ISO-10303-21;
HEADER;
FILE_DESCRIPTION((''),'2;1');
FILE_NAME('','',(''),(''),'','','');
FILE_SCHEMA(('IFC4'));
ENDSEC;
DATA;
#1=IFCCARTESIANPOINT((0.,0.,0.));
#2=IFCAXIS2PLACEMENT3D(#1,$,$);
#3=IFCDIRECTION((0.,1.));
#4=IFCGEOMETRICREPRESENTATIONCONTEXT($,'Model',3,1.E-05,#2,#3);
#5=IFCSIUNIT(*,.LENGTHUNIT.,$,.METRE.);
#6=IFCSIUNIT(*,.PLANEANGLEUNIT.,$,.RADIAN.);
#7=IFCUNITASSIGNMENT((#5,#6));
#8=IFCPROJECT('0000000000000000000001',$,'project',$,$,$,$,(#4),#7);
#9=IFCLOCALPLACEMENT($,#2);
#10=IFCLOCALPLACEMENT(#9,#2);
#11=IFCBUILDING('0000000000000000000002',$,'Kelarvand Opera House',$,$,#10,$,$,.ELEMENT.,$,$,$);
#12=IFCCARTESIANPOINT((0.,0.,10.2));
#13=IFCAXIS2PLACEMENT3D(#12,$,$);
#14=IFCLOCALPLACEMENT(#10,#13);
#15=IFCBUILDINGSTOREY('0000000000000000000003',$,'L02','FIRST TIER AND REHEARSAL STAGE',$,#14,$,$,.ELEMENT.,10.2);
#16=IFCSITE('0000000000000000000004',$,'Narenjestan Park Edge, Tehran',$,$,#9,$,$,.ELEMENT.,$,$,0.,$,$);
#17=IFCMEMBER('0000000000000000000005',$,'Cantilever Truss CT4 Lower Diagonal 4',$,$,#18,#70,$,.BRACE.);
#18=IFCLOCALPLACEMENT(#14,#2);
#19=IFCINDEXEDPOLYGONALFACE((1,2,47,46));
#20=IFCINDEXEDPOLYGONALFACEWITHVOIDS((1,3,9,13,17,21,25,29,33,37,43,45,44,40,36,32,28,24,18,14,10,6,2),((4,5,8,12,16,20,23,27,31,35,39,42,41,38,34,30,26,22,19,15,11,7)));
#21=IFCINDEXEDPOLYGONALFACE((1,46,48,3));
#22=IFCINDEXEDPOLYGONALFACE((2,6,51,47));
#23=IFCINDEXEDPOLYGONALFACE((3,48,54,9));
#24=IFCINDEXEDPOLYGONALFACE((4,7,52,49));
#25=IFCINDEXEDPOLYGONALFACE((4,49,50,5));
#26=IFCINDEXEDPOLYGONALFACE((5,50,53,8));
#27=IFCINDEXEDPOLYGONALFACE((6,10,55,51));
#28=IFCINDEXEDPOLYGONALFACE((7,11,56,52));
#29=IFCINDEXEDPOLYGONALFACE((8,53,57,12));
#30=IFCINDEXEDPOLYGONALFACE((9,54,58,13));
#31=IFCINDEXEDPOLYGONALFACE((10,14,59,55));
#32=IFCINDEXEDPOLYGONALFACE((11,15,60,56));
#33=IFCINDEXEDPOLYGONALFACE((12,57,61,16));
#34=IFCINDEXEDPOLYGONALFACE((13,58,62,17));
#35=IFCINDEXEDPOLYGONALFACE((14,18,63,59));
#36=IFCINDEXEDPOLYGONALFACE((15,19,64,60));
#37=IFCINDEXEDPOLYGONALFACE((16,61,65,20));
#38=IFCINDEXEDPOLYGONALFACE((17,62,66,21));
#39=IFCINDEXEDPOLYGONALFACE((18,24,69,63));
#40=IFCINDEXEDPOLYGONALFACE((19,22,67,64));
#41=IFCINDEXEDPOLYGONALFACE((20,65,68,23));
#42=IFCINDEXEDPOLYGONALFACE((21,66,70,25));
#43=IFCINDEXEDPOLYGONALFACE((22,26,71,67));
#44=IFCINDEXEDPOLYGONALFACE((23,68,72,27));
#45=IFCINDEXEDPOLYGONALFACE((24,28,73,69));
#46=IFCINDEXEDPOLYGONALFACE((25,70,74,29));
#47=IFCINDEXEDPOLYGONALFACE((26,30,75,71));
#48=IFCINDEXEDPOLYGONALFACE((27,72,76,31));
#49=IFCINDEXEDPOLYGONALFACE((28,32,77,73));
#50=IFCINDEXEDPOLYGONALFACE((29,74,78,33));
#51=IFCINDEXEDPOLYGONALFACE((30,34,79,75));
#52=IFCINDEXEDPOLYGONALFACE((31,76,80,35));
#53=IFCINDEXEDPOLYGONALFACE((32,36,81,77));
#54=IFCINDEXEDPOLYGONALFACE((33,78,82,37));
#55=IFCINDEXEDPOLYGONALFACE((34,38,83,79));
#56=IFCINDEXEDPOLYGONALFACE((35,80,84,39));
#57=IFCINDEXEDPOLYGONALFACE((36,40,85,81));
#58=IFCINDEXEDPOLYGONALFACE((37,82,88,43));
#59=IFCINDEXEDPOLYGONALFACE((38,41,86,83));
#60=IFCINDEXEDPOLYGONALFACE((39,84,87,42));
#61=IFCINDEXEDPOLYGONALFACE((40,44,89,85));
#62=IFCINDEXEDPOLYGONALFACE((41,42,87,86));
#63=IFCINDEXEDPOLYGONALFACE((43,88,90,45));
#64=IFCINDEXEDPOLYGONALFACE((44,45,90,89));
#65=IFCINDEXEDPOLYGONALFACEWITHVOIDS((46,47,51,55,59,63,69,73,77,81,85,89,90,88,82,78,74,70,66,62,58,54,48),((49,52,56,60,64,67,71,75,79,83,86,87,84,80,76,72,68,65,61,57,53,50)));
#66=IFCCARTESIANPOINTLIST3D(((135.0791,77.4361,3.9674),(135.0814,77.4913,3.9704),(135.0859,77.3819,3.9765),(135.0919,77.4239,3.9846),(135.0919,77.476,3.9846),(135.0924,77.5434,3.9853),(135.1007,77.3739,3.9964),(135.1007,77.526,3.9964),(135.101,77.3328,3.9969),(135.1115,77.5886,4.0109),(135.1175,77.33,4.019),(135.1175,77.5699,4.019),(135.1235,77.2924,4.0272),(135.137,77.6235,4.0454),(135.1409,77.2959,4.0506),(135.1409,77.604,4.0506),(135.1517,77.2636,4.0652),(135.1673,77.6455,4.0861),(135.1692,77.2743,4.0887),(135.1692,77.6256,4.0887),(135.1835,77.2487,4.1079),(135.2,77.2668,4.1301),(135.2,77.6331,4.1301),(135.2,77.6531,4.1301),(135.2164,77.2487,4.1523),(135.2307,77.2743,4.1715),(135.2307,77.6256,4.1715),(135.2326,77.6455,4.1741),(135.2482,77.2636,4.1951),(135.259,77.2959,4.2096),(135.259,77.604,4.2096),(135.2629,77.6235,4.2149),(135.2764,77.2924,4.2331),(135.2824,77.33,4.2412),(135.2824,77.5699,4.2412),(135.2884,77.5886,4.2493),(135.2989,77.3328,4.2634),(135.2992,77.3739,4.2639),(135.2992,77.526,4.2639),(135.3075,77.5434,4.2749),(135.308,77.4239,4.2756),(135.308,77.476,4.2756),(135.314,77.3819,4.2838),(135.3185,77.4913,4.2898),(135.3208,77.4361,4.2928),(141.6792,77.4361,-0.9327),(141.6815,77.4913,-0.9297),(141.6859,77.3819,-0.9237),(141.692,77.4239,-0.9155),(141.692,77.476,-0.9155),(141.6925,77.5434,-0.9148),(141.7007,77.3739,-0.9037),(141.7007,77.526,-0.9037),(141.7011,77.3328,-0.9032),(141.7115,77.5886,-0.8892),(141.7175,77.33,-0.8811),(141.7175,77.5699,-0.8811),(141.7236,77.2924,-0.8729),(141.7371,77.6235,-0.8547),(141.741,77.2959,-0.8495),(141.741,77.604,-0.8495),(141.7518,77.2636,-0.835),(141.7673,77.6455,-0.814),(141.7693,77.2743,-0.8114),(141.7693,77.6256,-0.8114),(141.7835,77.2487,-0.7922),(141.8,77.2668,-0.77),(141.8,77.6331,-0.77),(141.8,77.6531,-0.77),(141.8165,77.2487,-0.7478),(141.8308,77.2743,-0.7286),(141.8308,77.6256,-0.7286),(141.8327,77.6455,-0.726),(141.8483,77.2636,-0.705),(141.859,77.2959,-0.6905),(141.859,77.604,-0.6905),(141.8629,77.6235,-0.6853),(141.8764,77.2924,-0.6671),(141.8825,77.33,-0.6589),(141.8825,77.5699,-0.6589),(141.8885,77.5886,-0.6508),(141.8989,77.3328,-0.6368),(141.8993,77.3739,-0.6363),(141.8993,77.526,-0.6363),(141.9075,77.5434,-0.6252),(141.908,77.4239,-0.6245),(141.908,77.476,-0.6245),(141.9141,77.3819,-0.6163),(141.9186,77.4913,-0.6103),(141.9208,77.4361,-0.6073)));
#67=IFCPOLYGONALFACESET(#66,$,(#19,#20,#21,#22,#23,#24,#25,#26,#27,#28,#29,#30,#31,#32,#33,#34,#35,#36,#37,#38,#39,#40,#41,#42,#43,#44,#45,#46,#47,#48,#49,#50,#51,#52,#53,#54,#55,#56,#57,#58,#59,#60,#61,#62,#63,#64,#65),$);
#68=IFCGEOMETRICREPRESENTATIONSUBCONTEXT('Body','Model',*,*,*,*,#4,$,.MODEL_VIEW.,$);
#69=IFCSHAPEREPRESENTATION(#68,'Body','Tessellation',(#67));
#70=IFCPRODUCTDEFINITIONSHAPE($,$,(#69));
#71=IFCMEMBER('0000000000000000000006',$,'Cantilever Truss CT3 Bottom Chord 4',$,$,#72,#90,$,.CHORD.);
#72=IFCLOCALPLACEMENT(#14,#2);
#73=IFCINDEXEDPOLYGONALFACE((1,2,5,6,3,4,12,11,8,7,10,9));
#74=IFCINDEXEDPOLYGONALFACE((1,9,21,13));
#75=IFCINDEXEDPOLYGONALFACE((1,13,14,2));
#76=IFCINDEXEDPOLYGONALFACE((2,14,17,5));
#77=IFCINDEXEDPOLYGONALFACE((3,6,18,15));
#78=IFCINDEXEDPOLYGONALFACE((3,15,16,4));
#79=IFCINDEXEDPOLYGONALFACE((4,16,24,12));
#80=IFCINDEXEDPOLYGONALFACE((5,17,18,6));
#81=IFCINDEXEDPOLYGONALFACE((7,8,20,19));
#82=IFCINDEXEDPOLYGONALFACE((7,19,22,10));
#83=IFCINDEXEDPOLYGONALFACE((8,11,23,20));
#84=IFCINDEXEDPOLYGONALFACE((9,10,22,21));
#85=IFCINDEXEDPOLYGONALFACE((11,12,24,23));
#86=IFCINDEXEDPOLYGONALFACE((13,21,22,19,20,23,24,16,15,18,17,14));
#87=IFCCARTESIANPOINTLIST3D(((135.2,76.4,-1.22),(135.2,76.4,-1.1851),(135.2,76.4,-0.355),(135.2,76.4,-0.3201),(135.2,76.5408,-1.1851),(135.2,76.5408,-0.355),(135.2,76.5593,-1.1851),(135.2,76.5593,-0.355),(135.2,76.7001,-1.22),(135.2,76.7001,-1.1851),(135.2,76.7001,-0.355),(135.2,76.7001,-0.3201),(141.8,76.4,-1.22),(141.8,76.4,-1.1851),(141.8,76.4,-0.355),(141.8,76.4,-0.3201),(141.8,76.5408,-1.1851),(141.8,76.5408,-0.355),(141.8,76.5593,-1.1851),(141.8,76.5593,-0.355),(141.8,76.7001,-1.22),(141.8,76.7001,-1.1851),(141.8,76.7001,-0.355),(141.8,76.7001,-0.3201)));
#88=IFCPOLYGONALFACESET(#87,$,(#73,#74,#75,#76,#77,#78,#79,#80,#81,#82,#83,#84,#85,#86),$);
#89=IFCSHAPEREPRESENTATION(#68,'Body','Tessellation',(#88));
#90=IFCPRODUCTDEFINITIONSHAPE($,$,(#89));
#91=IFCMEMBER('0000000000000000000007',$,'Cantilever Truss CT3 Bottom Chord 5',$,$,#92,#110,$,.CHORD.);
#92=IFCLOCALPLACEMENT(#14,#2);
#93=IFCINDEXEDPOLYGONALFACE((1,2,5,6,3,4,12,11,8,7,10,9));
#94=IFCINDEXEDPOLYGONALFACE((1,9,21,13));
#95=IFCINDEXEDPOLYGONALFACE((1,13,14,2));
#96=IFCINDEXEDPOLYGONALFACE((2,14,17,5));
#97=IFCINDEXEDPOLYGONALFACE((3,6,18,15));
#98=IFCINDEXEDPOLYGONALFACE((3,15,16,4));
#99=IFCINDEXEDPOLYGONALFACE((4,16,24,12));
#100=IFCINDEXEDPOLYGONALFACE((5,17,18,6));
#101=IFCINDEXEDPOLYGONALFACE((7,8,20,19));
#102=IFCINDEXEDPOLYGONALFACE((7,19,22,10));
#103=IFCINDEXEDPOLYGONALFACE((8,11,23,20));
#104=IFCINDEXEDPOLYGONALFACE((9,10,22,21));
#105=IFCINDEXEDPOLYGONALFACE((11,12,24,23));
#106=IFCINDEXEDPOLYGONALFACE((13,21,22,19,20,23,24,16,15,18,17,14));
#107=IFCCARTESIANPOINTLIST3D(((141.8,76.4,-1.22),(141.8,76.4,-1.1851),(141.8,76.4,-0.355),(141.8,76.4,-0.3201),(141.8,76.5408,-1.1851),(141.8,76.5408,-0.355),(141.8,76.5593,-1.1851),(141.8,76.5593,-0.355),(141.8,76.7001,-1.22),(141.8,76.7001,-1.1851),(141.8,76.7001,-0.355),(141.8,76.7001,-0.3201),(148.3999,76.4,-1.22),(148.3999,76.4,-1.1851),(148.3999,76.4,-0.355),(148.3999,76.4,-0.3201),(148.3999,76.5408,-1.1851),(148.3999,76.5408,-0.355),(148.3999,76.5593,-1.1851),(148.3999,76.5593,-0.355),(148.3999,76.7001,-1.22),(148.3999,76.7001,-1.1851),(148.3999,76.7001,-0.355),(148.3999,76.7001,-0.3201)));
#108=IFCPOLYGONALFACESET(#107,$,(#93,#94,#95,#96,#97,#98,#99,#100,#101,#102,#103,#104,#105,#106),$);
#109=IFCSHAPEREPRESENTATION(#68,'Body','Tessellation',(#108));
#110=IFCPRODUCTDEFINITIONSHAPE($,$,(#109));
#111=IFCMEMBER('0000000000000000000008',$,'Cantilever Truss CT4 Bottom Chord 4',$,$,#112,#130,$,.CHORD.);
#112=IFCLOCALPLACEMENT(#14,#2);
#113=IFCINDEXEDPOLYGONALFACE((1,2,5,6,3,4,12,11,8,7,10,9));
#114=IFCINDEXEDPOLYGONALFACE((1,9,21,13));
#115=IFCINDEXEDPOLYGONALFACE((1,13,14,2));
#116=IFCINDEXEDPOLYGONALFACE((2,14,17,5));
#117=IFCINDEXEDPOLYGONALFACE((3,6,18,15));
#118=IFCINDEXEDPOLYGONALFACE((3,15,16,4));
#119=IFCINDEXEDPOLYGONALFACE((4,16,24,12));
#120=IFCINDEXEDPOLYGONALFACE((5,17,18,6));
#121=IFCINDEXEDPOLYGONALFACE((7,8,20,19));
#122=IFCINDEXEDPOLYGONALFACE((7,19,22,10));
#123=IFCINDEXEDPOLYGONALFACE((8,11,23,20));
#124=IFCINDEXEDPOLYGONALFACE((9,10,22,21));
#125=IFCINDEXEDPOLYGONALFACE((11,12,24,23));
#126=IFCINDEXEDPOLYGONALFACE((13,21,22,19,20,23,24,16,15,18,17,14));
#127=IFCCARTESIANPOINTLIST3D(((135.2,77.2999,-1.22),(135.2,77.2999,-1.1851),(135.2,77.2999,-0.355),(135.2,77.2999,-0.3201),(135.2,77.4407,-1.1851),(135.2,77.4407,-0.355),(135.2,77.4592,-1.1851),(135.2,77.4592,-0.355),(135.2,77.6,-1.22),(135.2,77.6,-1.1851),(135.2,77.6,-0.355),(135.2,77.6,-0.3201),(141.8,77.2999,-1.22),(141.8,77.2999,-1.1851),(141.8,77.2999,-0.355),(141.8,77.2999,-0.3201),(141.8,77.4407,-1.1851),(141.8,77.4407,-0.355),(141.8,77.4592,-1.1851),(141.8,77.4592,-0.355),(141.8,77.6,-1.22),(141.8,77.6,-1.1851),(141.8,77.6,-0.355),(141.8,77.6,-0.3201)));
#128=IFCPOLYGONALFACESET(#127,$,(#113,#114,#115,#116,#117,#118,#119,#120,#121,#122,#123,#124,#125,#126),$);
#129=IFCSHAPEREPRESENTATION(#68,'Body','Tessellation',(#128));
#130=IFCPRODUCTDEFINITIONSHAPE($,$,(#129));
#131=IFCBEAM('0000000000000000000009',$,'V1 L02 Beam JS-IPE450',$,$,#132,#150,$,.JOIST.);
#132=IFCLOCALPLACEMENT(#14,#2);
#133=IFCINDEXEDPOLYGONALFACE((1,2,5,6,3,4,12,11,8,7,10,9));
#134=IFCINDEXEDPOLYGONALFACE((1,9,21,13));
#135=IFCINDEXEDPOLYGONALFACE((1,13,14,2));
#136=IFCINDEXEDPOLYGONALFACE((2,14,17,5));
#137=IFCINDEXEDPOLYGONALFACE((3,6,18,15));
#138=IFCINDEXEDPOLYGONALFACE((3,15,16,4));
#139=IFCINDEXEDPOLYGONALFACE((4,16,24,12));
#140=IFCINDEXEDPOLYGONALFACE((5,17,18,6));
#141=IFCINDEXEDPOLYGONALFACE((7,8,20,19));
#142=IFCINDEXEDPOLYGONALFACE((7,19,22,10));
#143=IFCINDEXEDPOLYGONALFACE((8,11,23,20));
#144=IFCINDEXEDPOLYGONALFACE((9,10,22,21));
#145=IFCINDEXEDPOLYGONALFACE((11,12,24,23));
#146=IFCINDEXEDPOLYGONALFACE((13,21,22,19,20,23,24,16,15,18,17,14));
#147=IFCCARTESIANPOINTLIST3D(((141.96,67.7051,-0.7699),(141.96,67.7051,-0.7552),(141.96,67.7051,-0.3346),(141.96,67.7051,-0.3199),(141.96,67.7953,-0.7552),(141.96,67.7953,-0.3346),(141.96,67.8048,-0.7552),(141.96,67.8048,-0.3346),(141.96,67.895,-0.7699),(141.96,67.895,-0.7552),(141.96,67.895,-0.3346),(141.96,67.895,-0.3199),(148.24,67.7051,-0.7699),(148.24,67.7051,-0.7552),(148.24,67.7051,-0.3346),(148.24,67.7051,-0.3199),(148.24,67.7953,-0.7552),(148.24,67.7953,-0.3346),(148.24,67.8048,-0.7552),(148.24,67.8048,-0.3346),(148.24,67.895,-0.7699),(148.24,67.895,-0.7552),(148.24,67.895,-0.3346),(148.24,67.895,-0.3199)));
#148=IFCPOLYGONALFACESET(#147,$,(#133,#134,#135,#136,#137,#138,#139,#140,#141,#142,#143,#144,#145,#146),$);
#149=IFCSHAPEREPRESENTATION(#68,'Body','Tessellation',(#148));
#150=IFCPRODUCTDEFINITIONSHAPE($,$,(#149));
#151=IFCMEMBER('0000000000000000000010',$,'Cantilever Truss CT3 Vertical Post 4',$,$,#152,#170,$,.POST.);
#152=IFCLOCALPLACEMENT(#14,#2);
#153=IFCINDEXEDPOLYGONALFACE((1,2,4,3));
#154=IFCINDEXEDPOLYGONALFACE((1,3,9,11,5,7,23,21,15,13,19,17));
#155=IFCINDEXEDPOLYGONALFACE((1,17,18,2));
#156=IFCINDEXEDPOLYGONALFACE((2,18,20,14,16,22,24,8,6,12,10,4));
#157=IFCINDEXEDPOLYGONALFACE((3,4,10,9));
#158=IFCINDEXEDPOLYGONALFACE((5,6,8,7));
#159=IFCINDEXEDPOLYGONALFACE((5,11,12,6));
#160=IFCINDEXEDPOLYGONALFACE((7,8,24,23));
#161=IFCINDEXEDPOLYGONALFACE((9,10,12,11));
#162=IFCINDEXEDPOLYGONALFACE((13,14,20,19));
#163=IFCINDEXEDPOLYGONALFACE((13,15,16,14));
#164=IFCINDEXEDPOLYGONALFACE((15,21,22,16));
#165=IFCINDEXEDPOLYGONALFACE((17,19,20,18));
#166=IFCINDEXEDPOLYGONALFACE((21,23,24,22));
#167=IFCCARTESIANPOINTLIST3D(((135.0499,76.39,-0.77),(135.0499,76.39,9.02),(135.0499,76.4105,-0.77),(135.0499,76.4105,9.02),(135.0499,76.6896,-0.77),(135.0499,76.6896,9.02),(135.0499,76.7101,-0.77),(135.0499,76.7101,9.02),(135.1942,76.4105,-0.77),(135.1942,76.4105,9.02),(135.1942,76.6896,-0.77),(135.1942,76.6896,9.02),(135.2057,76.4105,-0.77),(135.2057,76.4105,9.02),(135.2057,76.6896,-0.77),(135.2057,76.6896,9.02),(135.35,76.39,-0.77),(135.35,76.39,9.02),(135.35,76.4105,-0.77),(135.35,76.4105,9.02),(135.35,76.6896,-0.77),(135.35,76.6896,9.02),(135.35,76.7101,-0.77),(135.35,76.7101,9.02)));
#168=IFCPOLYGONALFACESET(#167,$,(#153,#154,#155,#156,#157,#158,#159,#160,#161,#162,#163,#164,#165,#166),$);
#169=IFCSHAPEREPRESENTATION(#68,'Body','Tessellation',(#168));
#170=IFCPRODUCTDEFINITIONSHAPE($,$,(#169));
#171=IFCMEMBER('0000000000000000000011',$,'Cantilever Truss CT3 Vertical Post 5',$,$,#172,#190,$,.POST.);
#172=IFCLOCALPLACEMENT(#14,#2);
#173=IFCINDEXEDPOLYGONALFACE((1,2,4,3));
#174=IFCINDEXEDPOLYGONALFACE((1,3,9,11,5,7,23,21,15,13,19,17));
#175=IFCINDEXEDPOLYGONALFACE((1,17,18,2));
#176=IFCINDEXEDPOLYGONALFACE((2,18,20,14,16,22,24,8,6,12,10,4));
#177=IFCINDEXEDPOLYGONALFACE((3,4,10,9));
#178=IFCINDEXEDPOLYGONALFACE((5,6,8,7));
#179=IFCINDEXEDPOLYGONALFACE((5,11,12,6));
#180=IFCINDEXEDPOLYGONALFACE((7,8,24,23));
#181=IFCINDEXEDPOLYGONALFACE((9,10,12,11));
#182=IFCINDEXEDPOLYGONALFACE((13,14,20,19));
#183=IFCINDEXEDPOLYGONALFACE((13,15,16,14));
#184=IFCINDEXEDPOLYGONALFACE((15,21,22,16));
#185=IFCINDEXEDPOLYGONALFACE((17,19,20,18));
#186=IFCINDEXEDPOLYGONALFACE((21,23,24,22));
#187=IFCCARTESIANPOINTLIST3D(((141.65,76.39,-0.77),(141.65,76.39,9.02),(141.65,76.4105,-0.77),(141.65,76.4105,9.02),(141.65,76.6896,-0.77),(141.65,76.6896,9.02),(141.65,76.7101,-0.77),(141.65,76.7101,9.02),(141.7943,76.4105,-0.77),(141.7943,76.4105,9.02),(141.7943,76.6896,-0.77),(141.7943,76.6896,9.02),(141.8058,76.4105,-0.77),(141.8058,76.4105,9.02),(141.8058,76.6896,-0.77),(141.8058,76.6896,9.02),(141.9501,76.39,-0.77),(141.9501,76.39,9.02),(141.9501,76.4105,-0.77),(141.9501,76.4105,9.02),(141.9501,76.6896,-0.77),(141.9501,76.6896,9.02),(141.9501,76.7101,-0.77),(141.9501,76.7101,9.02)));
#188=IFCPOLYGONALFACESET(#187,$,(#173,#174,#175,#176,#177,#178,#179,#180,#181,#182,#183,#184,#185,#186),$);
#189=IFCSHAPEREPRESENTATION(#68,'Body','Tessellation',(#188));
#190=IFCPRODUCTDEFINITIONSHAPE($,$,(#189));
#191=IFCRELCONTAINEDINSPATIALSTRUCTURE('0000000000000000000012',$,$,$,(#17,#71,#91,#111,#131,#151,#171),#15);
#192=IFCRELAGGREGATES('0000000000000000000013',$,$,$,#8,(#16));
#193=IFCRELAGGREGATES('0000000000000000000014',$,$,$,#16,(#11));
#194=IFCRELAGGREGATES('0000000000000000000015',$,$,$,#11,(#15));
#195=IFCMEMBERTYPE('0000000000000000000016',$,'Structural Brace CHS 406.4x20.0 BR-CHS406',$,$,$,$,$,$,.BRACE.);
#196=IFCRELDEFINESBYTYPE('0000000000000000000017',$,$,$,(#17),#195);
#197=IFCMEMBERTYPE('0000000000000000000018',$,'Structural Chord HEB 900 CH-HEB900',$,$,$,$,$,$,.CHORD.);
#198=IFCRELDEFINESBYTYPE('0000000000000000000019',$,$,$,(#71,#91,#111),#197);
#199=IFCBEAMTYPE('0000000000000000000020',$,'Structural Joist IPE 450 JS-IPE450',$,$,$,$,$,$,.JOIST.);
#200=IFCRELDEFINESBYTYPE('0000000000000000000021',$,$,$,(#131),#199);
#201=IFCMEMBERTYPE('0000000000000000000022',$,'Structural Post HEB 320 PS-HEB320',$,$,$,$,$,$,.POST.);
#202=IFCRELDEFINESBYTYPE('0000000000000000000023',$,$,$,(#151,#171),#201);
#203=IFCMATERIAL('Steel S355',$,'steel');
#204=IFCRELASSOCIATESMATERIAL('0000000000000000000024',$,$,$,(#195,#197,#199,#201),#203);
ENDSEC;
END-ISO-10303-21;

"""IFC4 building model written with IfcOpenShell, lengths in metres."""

from ifc_helpers import new_model, si_unit, direction, frame, origin, origin_2d, place, context, subcontext, project, spatial, hollow_circle, i_section, extrude, material, material_profile, profile_set, type_object, element, save


model = new_model("IFC4")

# Units and contexts
model_context = context("Model", 3, precision=1e-05, world=origin(), true_north=direction((0.0, 1.0)))
body_context = subcontext(model_context, "Body", "Model", "MODEL_VIEW")
ifc_project = project(units=[si_unit("LENGTHUNIT", "METRE"), si_unit("PLANEANGLEUNIT", "RADIAN")], contexts=[model_context])

# Site, building, storey
site_placement = place(None, origin())
site = spatial("IfcSite", under=ifc_project, at=site_placement, Name="Narenjestan Park Edge, Tehran", CompositionType="ELEMENT", RefElevation=0.0)
building_placement = place(site_placement, origin())
building = spatial("IfcBuilding", under=site, at=building_placement, Name="Kelarvand Opera House", CompositionType="ELEMENT")
storey_placement = place(building_placement, frame((0.0, 0.0, 10.2)))
storey = spatial("IfcBuildingStorey", under=building, at=storey_placement, Name="L02", Description="FIRST TIER AND REHEARSAL STAGE", CompositionType="ELEMENT", Elevation=10.2)

# Members
ifc_material_1 = material(Name="Steel S355", Category="steel")
ifc_material_profile_1 = material_profile(ifc_material_1, hollow_circle(Radius=0.2031, WallThickness=0.02, at=origin_2d()), Name="CHS 406.4x20.0", Category="steel")
ifc_profile_set_1 = profile_set([ifc_material_profile_1], Name="Steel S355")
member_type_1 = type_object("IfcMemberType", Name="Structural Brace CHS 406.4x20.0 BR-CHS406", PredefinedType="BRACE", material=ifc_profile_set_1)
member_1_placement = place(storey_placement, frame((135.2, 77.45, 4.1301), z_axis=(0.802906, 0.0, -0.596106), x_axis=(0.0, 1.0, 0.0)))
element("IfcMember", 1, at=member_1_placement, inside=storey, type_object=member_type_1, Name="Cantilever Truss CT4 Lower Diagonal 4", PredefinedType="BRACE", context=body_context, shape_type="SweptSolid", body=[
    extrude(hollow_circle(Radius=0.2031, WallThickness=0.02, at=origin_2d()), origin(), (0.0, 0.0, 1.0), 8.2202),
])
ifc_material_profile_2 = material_profile(ifc_material_1, i_section(OverallWidth=0.3, OverallDepth=0.8999, WebThickness=0.0186, FlangeThickness=0.0349, at=origin_2d()), Name="HEB 900", Category="steel")
ifc_profile_set_2 = profile_set([ifc_material_profile_2], Name="Steel S355")
member_type_2 = type_object("IfcMemberType", Name="Structural Chord HEB 900 CH-HEB900", PredefinedType="CHORD", material=ifc_profile_set_2)
member_2_placement = place(storey_placement, frame((135.2, 76.55, -0.77), z_axis=(1.0, 0.0, 0.0), x_axis=(0.0, 1.0, 0.0)))
element("IfcMember", 2, at=member_2_placement, inside=storey, type_object=member_type_2, Name="Cantilever Truss CT3 Bottom Chord 4", PredefinedType="CHORD", context=body_context, shape_type="SweptSolid", body=[
    extrude(i_section(OverallWidth=0.3, OverallDepth=0.8999, WebThickness=0.0186, FlangeThickness=0.0349, at=origin_2d()), origin(), (0.0, 0.0, 1.0), 6.6001),
])
member_3_placement = place(storey_placement, frame((141.8, 76.55, -0.77), z_axis=(1.0, 0.0, 0.0), x_axis=(0.0, 1.0, 0.0)))
element("IfcMember", 3, at=member_3_placement, inside=storey, type_object=member_type_2, Name="Cantilever Truss CT3 Bottom Chord 5", PredefinedType="CHORD", context=body_context, shape_type="SweptSolid", body=[
    extrude(i_section(OverallWidth=0.3, OverallDepth=0.8999, WebThickness=0.0186, FlangeThickness=0.0349, at=origin_2d()), origin(), (0.0, 0.0, 1.0), 6.5999),
])
member_4_placement = place(storey_placement, frame((135.2, 77.45, -0.77), z_axis=(1.0, 0.0, 0.0), x_axis=(0.0, 1.0, 0.0)))
element("IfcMember", 4, at=member_4_placement, inside=storey, type_object=member_type_2, Name="Cantilever Truss CT4 Bottom Chord 4", PredefinedType="CHORD", context=body_context, shape_type="SweptSolid", body=[
    extrude(i_section(OverallWidth=0.3, OverallDepth=0.8999, WebThickness=0.0186, FlangeThickness=0.0349, at=origin_2d()), origin(), (0.0, 0.0, 1.0), 6.6001),
])

# Beam
ifc_material_profile_3 = material_profile(ifc_material_1, i_section(OverallWidth=0.1899, OverallDepth=0.45, WebThickness=0.0095, FlangeThickness=0.0146, at=origin_2d()), Name="IPE 450", Category="steel")
ifc_profile_set_3 = profile_set([ifc_material_profile_3], Name="Steel S355")
beam_type_1 = type_object("IfcBeamType", Name="Structural Joist IPE 450 JS-IPE450", PredefinedType="JOIST", material=ifc_profile_set_3)
beam_1_placement = place(storey_placement, frame((141.96, 67.8, -0.5449), z_axis=(1.0, 0.0, 0.0), x_axis=(0.0, 1.0, 0.0)))
element("IfcBeam", 5, at=beam_1_placement, inside=storey, type_object=beam_type_1, Name="V1 L02 Beam JS-IPE450", PredefinedType="JOIST", context=body_context, shape_type="SweptSolid", body=[
    extrude(i_section(OverallWidth=0.1899, OverallDepth=0.45, WebThickness=0.0095, FlangeThickness=0.0146, at=origin_2d()), origin(), (0.0, 0.0, 1.0), 6.28),
])

# Members
ifc_material_profile_4 = material_profile(ifc_material_1, i_section(OverallWidth=0.3, OverallDepth=0.3201, WebThickness=0.0115, FlangeThickness=0.0205, at=origin_2d()), Name="HEB 320", Category="steel")
ifc_profile_set_4 = profile_set([ifc_material_profile_4], Name="Steel S355")
member_type_3 = type_object("IfcMemberType", Name="Structural Post HEB 320 PS-HEB320", PredefinedType="POST", material=ifc_profile_set_4)
for number, where, z_axis, x_axis, name in (
    (6, (135.2, 76.55, -0.77), (0.0, 0.0, 1.0), (1.0, 0.0, 0.0), "Cantilever Truss CT3 Vertical Post 4"),
    (7, (141.8, 76.55, -0.77), (0.0, 0.0, 1.0), (1.0, 0.0, 0.0), "Cantilever Truss CT3 Vertical Post 5"),
):
    element("IfcMember", number, at=place(storey_placement, frame(where, z_axis=z_axis, x_axis=x_axis)), inside=storey, type_object=member_type_3, Name=name, PredefinedType="POST", context=body_context, shape_type="SweptSolid", body=[
        extrude(i_section(OverallWidth=0.3, OverallDepth=0.3201, WebThickness=0.0115, FlangeThickness=0.0205, at=origin_2d()), origin(), (0.0, 0.0, 1.0), 9.79),
    ])

save(model, "model.ifc")
